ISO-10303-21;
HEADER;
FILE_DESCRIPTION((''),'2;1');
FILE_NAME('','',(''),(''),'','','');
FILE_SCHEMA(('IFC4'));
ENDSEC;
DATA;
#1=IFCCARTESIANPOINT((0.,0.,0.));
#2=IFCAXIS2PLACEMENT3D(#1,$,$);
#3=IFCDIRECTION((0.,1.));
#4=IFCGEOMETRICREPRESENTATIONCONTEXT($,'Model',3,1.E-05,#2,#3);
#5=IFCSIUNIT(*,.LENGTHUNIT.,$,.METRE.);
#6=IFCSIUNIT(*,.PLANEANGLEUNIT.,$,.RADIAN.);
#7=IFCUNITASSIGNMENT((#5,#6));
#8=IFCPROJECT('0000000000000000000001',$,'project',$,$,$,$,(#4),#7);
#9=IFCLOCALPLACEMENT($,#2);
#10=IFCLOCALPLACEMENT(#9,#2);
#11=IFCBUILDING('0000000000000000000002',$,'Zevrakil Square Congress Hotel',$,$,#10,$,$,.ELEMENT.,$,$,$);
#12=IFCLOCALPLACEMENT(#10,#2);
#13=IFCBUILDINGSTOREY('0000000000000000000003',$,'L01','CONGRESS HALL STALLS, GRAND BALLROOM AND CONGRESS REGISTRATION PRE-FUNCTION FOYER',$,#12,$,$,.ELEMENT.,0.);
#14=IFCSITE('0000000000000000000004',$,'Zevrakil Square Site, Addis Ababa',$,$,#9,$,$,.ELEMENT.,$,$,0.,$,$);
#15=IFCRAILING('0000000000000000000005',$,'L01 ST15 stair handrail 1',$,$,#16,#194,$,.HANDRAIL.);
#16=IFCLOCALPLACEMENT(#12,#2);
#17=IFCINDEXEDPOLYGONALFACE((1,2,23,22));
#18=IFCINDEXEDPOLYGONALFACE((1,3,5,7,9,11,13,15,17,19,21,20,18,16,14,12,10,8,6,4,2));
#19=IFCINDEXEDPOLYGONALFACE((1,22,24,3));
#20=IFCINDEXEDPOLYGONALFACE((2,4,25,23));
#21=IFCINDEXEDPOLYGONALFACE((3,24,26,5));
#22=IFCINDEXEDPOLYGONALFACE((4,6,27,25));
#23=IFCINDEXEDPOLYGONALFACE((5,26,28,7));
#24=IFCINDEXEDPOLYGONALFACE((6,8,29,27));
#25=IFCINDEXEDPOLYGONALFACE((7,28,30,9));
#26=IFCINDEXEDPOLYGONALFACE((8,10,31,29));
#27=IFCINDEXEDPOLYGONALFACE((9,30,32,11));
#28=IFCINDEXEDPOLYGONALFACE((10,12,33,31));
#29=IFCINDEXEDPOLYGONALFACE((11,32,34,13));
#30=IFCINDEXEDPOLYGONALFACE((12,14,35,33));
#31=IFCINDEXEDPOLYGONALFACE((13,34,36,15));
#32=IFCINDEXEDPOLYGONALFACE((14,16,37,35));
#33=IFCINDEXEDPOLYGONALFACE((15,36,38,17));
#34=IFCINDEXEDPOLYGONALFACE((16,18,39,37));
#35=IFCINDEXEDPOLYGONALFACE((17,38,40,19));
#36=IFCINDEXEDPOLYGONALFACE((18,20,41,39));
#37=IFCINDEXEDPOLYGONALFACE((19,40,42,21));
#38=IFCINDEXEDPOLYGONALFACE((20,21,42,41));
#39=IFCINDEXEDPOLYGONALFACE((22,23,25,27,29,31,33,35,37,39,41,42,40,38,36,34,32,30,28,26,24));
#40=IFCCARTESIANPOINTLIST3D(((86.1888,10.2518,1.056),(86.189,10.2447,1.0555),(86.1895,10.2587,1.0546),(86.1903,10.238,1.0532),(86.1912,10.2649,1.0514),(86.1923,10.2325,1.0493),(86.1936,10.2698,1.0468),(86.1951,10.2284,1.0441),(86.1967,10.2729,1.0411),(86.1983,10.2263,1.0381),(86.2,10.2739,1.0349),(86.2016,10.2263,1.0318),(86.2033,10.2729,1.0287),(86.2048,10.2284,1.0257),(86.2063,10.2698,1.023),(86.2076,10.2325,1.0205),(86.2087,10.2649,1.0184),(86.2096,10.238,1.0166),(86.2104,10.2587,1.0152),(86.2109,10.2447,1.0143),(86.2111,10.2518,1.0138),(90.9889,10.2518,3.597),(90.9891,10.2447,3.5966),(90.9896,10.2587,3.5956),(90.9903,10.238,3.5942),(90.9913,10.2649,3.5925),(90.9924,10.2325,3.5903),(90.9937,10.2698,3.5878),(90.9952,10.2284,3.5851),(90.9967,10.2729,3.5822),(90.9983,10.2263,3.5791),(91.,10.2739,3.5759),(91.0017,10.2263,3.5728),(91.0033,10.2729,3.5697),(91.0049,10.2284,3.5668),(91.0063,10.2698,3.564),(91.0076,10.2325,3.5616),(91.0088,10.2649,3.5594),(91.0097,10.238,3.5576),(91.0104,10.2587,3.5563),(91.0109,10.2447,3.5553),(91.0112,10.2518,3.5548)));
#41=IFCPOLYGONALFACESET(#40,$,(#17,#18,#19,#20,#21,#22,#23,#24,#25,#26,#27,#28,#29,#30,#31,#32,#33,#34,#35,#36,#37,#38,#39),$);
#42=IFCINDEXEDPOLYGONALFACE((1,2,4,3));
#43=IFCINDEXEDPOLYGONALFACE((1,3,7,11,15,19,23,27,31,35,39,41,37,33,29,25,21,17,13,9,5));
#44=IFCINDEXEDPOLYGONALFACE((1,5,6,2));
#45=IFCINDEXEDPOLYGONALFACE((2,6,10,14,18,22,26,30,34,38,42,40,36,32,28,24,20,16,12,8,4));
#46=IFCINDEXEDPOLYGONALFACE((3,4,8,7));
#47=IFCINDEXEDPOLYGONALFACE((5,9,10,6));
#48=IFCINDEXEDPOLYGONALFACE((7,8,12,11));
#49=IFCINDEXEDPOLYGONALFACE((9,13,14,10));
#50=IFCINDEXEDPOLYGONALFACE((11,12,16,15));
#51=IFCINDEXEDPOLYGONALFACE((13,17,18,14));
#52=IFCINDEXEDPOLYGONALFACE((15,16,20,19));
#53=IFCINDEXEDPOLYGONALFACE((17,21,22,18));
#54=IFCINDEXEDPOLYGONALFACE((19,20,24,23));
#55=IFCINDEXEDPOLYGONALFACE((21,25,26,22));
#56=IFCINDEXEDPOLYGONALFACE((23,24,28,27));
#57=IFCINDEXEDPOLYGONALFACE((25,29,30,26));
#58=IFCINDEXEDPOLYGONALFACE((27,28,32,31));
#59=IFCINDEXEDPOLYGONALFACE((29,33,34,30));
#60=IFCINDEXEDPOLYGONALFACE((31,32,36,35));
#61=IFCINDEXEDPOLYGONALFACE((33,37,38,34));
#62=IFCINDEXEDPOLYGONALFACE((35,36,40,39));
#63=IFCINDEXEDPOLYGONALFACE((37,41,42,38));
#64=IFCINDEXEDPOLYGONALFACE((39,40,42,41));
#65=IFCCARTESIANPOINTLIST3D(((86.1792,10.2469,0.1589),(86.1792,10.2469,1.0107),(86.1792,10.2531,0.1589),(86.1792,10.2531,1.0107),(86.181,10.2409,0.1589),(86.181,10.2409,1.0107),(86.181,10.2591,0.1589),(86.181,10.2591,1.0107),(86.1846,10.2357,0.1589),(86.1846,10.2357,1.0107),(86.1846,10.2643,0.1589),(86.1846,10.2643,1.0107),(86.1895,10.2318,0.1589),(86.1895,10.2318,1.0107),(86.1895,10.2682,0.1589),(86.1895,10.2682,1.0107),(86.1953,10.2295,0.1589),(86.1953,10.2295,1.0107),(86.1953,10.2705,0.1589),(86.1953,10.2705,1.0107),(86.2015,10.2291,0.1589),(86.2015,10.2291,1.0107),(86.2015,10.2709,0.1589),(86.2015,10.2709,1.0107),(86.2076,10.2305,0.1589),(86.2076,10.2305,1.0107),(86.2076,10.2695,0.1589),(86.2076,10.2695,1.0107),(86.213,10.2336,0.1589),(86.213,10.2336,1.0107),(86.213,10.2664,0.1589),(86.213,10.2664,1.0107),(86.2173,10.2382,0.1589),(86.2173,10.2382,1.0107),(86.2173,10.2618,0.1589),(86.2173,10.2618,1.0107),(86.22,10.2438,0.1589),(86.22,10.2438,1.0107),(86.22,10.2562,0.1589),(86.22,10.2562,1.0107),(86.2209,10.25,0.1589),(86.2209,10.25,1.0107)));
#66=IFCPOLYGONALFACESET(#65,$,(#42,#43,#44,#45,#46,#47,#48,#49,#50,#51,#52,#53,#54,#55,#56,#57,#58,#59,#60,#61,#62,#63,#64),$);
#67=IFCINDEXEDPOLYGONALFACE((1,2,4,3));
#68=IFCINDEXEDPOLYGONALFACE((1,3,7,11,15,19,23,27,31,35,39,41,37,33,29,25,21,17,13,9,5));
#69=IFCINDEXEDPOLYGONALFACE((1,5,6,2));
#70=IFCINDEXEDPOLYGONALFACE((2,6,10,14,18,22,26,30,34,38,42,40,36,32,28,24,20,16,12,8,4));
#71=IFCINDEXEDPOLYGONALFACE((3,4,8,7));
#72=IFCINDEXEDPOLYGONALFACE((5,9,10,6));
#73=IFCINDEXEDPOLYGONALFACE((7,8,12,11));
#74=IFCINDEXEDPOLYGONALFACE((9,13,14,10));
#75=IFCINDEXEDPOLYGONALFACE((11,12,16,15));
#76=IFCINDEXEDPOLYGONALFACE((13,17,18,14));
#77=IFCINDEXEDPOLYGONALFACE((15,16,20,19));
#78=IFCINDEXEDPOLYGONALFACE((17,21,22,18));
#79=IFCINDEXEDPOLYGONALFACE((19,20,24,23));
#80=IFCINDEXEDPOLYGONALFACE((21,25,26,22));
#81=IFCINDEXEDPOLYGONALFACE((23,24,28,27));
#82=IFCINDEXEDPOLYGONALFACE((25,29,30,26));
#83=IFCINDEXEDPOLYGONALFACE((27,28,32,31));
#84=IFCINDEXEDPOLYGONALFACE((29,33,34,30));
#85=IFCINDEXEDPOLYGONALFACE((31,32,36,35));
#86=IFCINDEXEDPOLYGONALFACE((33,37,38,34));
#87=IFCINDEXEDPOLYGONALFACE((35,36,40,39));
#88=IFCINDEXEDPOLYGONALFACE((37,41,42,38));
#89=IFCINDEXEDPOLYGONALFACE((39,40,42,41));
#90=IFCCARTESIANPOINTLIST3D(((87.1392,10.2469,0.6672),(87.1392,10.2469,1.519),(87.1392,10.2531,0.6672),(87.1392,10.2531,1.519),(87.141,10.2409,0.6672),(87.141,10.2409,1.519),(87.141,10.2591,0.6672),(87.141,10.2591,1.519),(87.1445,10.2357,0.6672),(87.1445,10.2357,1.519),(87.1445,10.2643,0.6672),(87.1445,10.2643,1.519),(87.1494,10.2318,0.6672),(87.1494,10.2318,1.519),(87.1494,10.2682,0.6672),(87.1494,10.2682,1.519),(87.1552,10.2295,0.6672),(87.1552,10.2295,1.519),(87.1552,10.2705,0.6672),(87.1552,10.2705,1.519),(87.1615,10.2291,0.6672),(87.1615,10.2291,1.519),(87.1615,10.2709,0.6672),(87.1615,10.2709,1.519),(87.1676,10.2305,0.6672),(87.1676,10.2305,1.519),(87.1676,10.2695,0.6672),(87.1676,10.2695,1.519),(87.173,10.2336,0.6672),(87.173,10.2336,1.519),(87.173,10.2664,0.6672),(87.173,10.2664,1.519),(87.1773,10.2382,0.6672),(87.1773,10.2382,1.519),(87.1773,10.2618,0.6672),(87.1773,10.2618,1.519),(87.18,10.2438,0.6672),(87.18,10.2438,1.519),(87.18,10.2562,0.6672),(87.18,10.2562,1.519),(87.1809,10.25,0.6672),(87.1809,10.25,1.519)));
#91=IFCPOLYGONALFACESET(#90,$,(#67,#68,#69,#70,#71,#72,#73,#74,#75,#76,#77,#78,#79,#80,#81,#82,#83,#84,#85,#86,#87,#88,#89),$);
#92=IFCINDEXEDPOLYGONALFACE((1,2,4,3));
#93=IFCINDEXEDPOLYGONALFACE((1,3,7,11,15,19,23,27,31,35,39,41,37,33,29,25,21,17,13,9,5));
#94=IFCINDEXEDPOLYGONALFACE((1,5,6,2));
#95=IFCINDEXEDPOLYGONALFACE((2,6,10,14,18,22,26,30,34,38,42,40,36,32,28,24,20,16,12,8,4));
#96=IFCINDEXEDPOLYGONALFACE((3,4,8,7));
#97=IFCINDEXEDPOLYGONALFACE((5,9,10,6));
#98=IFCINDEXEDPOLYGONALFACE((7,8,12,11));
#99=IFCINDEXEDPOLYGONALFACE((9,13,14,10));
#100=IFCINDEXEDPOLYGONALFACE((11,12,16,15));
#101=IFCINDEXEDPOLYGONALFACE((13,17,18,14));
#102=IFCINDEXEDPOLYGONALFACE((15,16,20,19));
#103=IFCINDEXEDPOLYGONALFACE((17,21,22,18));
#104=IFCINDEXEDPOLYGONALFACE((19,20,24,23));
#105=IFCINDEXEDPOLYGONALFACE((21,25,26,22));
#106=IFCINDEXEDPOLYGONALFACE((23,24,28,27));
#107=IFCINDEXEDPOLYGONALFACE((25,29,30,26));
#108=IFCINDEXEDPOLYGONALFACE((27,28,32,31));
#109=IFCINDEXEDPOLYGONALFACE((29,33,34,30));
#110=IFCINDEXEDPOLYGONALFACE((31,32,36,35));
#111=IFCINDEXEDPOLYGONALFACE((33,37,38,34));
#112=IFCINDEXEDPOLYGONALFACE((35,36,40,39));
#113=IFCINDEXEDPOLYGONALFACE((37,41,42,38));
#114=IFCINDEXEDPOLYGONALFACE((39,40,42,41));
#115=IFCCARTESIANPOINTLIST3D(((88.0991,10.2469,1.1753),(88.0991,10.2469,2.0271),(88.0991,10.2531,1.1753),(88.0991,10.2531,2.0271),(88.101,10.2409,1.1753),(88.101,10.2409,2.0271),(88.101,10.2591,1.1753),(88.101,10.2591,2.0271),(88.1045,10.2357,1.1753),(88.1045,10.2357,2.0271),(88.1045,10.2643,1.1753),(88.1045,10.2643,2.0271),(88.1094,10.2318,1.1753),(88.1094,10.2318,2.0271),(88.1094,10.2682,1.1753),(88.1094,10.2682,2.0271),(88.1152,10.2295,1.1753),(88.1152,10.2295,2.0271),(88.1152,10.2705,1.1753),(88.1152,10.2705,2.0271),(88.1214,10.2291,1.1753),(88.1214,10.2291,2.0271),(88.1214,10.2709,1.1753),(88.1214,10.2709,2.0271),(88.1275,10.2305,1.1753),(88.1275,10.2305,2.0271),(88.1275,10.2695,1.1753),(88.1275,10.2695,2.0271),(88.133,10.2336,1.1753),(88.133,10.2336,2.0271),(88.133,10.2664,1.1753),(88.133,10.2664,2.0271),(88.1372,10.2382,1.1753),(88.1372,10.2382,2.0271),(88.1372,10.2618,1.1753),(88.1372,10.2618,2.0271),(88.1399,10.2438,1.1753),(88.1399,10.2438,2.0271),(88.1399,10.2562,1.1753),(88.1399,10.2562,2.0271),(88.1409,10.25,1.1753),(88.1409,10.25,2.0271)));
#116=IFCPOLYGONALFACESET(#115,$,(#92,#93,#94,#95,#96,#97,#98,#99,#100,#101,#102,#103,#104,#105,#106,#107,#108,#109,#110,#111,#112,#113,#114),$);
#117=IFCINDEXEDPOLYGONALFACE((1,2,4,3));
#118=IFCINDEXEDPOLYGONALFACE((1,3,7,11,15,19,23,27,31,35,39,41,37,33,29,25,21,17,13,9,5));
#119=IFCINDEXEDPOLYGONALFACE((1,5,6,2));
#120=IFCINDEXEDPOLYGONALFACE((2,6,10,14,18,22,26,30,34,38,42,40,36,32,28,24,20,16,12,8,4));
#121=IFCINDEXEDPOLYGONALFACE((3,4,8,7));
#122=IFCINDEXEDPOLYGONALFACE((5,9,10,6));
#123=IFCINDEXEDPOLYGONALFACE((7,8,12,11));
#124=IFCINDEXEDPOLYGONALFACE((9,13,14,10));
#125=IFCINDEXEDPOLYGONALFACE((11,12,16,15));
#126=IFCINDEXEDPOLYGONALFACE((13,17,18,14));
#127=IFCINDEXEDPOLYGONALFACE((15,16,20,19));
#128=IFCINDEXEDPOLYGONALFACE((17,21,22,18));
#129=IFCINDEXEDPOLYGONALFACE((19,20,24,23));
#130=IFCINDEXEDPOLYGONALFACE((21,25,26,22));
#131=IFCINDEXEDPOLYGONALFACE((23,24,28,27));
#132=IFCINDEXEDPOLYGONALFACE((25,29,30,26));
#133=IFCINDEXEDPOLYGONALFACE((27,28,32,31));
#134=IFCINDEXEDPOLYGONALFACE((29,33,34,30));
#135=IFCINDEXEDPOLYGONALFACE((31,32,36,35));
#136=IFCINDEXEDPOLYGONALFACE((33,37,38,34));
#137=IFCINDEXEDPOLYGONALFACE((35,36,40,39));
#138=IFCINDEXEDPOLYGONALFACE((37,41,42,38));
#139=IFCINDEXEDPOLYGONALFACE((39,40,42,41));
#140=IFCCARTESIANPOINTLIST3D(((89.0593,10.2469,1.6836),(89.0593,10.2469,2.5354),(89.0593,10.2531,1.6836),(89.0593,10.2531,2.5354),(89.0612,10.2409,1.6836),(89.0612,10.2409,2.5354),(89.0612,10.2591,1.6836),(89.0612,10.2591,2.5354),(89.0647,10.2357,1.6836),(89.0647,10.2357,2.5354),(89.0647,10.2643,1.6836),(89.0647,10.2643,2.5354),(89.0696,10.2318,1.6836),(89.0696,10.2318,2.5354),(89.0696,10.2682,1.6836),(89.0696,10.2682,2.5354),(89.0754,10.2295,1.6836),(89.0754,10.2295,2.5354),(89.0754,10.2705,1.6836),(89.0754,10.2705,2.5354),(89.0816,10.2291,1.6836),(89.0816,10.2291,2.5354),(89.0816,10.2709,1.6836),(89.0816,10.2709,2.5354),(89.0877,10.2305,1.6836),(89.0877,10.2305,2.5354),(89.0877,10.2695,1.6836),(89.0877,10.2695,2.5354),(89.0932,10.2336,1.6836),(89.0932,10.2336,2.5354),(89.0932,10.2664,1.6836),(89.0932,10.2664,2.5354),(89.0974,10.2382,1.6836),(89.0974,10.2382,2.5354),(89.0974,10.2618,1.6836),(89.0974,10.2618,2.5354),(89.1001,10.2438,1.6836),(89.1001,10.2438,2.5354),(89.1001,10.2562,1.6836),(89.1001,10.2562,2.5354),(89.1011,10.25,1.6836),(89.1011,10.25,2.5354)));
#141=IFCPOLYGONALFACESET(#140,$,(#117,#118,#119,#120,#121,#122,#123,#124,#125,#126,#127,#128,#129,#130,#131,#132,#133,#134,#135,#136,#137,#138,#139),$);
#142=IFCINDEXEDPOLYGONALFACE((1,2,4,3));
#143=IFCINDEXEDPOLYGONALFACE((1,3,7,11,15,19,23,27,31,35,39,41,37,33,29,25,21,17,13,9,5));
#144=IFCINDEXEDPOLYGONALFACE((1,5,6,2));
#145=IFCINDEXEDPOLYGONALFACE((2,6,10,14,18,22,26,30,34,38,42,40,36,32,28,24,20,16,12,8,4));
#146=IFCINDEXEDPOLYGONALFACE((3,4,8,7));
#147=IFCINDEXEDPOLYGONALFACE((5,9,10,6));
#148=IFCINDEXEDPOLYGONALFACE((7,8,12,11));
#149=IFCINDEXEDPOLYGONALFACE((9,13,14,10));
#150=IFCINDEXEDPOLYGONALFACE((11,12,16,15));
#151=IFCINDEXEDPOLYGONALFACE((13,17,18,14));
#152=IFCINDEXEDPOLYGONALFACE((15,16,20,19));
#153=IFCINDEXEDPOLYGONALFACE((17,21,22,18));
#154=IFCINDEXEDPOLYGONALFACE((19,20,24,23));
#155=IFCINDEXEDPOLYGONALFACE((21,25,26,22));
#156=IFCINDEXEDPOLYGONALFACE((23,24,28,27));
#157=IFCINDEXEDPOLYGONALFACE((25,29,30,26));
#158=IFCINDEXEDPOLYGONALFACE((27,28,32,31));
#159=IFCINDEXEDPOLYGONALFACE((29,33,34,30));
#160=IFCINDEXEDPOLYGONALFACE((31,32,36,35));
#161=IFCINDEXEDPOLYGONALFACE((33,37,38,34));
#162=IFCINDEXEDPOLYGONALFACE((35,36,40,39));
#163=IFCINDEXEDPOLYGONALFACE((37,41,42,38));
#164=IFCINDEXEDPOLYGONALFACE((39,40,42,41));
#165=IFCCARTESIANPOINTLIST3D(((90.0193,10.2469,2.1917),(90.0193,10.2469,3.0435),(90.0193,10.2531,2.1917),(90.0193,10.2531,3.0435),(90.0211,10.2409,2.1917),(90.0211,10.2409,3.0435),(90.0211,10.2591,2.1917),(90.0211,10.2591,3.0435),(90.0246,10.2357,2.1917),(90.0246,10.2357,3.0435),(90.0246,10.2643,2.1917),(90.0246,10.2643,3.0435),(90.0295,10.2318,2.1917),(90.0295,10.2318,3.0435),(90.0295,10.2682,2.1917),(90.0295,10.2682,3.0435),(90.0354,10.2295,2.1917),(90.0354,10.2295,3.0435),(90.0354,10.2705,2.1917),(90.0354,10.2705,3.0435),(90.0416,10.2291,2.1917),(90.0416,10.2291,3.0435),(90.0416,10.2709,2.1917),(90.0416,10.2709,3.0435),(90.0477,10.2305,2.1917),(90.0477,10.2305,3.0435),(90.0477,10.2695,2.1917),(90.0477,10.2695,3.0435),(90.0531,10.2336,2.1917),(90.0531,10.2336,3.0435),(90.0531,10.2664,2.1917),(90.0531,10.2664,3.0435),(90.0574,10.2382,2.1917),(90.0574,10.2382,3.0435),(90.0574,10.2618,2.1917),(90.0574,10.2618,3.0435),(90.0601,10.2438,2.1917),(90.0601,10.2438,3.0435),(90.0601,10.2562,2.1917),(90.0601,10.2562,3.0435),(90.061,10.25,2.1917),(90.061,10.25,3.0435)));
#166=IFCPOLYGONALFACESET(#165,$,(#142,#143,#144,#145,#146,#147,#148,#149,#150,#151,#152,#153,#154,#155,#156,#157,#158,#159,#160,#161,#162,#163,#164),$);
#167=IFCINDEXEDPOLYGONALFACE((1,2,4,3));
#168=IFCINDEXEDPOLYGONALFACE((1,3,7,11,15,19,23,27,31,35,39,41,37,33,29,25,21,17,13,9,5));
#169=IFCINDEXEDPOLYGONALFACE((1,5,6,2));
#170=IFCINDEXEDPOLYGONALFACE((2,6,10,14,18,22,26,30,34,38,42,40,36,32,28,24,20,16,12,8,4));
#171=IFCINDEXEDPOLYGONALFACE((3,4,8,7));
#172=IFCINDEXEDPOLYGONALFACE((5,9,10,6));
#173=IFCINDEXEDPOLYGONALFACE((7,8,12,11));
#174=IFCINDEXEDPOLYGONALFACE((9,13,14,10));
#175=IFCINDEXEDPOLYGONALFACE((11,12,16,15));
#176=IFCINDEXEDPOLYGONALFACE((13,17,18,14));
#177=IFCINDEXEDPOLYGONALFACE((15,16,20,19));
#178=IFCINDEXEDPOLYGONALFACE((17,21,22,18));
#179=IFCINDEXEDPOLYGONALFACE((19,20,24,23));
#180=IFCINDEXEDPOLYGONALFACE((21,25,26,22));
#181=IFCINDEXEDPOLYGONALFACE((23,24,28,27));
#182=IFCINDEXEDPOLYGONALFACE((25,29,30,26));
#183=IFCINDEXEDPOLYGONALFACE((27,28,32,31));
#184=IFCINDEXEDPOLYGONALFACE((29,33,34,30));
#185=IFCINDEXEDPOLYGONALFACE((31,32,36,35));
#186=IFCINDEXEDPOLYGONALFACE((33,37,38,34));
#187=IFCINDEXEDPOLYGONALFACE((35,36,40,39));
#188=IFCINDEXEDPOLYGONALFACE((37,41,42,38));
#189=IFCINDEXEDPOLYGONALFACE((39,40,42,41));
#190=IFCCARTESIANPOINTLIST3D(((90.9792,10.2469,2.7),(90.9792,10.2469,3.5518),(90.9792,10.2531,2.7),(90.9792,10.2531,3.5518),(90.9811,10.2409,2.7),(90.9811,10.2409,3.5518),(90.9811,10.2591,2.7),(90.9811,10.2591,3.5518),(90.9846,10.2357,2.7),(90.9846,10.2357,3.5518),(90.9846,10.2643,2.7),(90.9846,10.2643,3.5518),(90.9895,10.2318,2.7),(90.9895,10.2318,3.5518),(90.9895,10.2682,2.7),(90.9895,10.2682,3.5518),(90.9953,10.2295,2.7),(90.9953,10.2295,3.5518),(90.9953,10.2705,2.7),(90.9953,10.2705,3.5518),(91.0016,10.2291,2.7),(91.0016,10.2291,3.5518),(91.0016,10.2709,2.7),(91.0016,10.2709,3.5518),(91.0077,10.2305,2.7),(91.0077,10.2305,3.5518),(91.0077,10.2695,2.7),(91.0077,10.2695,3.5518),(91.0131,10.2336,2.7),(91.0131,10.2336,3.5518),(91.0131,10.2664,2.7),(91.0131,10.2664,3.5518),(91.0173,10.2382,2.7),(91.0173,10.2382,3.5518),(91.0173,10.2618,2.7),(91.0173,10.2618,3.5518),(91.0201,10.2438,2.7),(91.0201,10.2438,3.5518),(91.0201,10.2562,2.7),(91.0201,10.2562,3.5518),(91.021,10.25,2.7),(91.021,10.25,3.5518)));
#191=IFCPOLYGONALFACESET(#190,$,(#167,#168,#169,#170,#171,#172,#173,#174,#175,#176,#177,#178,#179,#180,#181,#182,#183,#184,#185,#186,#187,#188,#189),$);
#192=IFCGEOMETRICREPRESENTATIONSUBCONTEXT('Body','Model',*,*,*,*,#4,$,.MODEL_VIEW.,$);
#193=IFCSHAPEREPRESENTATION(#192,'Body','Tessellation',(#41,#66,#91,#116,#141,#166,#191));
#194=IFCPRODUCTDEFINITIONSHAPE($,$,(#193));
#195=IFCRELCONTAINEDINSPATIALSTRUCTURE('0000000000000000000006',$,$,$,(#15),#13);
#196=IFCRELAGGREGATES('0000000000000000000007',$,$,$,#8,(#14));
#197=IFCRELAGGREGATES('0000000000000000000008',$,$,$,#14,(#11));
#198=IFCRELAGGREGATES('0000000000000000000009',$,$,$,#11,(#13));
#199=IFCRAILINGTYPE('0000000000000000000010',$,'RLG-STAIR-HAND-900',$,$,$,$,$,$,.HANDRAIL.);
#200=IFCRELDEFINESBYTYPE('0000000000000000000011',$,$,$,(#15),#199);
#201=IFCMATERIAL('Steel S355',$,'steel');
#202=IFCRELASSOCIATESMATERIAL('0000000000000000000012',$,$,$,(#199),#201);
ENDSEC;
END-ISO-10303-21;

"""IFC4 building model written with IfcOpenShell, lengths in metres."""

from ifc_helpers import new_model, si_unit, direction, frame, origin, origin_2d, place, context, subcontext, project, spatial, circle, extrude, material, type_object, element, save


model = new_model("IFC4")

# Units and contexts
model_context = context("Model", 3, precision=1e-05, world=origin(), true_north=direction((0.0, 1.0)))
body_context = subcontext(model_context, "Body", "Model", "MODEL_VIEW")
ifc_project = project(units=[si_unit("LENGTHUNIT", "METRE"), si_unit("PLANEANGLEUNIT", "RADIAN")], contexts=[model_context])

# Site, building, storey
site_placement = place(None, origin())
site = spatial("IfcSite", under=ifc_project, at=site_placement, Name="Zevrakil Square Site, Addis Ababa", CompositionType="ELEMENT", RefElevation=0.0)
building_placement = place(site_placement, origin())
building = spatial("IfcBuilding", under=site, at=building_placement, Name="Zevrakil Square Congress Hotel", CompositionType="ELEMENT")
storey_placement = place(building_placement, origin())
storey = spatial("IfcBuildingStorey", under=building, at=storey_placement, Name="L01", Description="CONGRESS HALL STALLS, GRAND BALLROOM AND CONGRESS REGISTRATION PRE-FUNCTION FOYER", CompositionType="ELEMENT", Elevation=0.0)

# Railing
ifc_material_1 = material(Name="Steel S355", Category="steel")
railing_type_1 = type_object("IfcRailingType", Name="RLG-STAIR-HAND-900", PredefinedType="HANDRAIL", material=ifc_material_1)
railing_1_placement = place(storey_placement, frame((86.2, 10.25, 0.1589)))
element("IfcRailing", 1, at=railing_1_placement, inside=storey, type_object=railing_type_1, Name="L01 ST15 stair handrail 1", PredefinedType="HANDRAIL", context=body_context, shape_type="SweptSolid", body=[
    extrude(circle(Radius=0.0239, at=origin_2d()), frame((0.0, 0.0, 0.876), z_axis=(0.883802, 0.0, 0.467861), x_axis=(0.0, 1.0, 0.0)), (0.0, 0.0, 1.0), 5.4312),
    extrude(circle(Radius=0.021, at=origin_2d()), origin(), (0.0, 0.0, 1.0), 0.8518),
    extrude(circle(Radius=0.021, at=origin_2d()), frame((0.96, 0.0, 0.5083)), (0.0, 0.0, 1.0), 0.8518),
    extrude(circle(Radius=0.021, at=origin_2d()), frame((1.9199, 0.0, 1.0164)), (0.0, 0.0, 1.0), 0.8518),
    extrude(circle(Radius=0.021, at=origin_2d()), frame((2.8801, 0.0, 1.5247)), (0.0, 0.0, 1.0), 0.8518),
    extrude(circle(Radius=0.021, at=origin_2d()), frame((3.8401, 0.0, 2.0327)), (0.0, 0.0, 1.0), 0.8518),
    extrude(circle(Radius=0.021, at=origin_2d()), frame((4.8, 0.0, 2.541)), (0.0, 0.0, 1.0), 0.8518),
])

save(model, "model.ifc")
